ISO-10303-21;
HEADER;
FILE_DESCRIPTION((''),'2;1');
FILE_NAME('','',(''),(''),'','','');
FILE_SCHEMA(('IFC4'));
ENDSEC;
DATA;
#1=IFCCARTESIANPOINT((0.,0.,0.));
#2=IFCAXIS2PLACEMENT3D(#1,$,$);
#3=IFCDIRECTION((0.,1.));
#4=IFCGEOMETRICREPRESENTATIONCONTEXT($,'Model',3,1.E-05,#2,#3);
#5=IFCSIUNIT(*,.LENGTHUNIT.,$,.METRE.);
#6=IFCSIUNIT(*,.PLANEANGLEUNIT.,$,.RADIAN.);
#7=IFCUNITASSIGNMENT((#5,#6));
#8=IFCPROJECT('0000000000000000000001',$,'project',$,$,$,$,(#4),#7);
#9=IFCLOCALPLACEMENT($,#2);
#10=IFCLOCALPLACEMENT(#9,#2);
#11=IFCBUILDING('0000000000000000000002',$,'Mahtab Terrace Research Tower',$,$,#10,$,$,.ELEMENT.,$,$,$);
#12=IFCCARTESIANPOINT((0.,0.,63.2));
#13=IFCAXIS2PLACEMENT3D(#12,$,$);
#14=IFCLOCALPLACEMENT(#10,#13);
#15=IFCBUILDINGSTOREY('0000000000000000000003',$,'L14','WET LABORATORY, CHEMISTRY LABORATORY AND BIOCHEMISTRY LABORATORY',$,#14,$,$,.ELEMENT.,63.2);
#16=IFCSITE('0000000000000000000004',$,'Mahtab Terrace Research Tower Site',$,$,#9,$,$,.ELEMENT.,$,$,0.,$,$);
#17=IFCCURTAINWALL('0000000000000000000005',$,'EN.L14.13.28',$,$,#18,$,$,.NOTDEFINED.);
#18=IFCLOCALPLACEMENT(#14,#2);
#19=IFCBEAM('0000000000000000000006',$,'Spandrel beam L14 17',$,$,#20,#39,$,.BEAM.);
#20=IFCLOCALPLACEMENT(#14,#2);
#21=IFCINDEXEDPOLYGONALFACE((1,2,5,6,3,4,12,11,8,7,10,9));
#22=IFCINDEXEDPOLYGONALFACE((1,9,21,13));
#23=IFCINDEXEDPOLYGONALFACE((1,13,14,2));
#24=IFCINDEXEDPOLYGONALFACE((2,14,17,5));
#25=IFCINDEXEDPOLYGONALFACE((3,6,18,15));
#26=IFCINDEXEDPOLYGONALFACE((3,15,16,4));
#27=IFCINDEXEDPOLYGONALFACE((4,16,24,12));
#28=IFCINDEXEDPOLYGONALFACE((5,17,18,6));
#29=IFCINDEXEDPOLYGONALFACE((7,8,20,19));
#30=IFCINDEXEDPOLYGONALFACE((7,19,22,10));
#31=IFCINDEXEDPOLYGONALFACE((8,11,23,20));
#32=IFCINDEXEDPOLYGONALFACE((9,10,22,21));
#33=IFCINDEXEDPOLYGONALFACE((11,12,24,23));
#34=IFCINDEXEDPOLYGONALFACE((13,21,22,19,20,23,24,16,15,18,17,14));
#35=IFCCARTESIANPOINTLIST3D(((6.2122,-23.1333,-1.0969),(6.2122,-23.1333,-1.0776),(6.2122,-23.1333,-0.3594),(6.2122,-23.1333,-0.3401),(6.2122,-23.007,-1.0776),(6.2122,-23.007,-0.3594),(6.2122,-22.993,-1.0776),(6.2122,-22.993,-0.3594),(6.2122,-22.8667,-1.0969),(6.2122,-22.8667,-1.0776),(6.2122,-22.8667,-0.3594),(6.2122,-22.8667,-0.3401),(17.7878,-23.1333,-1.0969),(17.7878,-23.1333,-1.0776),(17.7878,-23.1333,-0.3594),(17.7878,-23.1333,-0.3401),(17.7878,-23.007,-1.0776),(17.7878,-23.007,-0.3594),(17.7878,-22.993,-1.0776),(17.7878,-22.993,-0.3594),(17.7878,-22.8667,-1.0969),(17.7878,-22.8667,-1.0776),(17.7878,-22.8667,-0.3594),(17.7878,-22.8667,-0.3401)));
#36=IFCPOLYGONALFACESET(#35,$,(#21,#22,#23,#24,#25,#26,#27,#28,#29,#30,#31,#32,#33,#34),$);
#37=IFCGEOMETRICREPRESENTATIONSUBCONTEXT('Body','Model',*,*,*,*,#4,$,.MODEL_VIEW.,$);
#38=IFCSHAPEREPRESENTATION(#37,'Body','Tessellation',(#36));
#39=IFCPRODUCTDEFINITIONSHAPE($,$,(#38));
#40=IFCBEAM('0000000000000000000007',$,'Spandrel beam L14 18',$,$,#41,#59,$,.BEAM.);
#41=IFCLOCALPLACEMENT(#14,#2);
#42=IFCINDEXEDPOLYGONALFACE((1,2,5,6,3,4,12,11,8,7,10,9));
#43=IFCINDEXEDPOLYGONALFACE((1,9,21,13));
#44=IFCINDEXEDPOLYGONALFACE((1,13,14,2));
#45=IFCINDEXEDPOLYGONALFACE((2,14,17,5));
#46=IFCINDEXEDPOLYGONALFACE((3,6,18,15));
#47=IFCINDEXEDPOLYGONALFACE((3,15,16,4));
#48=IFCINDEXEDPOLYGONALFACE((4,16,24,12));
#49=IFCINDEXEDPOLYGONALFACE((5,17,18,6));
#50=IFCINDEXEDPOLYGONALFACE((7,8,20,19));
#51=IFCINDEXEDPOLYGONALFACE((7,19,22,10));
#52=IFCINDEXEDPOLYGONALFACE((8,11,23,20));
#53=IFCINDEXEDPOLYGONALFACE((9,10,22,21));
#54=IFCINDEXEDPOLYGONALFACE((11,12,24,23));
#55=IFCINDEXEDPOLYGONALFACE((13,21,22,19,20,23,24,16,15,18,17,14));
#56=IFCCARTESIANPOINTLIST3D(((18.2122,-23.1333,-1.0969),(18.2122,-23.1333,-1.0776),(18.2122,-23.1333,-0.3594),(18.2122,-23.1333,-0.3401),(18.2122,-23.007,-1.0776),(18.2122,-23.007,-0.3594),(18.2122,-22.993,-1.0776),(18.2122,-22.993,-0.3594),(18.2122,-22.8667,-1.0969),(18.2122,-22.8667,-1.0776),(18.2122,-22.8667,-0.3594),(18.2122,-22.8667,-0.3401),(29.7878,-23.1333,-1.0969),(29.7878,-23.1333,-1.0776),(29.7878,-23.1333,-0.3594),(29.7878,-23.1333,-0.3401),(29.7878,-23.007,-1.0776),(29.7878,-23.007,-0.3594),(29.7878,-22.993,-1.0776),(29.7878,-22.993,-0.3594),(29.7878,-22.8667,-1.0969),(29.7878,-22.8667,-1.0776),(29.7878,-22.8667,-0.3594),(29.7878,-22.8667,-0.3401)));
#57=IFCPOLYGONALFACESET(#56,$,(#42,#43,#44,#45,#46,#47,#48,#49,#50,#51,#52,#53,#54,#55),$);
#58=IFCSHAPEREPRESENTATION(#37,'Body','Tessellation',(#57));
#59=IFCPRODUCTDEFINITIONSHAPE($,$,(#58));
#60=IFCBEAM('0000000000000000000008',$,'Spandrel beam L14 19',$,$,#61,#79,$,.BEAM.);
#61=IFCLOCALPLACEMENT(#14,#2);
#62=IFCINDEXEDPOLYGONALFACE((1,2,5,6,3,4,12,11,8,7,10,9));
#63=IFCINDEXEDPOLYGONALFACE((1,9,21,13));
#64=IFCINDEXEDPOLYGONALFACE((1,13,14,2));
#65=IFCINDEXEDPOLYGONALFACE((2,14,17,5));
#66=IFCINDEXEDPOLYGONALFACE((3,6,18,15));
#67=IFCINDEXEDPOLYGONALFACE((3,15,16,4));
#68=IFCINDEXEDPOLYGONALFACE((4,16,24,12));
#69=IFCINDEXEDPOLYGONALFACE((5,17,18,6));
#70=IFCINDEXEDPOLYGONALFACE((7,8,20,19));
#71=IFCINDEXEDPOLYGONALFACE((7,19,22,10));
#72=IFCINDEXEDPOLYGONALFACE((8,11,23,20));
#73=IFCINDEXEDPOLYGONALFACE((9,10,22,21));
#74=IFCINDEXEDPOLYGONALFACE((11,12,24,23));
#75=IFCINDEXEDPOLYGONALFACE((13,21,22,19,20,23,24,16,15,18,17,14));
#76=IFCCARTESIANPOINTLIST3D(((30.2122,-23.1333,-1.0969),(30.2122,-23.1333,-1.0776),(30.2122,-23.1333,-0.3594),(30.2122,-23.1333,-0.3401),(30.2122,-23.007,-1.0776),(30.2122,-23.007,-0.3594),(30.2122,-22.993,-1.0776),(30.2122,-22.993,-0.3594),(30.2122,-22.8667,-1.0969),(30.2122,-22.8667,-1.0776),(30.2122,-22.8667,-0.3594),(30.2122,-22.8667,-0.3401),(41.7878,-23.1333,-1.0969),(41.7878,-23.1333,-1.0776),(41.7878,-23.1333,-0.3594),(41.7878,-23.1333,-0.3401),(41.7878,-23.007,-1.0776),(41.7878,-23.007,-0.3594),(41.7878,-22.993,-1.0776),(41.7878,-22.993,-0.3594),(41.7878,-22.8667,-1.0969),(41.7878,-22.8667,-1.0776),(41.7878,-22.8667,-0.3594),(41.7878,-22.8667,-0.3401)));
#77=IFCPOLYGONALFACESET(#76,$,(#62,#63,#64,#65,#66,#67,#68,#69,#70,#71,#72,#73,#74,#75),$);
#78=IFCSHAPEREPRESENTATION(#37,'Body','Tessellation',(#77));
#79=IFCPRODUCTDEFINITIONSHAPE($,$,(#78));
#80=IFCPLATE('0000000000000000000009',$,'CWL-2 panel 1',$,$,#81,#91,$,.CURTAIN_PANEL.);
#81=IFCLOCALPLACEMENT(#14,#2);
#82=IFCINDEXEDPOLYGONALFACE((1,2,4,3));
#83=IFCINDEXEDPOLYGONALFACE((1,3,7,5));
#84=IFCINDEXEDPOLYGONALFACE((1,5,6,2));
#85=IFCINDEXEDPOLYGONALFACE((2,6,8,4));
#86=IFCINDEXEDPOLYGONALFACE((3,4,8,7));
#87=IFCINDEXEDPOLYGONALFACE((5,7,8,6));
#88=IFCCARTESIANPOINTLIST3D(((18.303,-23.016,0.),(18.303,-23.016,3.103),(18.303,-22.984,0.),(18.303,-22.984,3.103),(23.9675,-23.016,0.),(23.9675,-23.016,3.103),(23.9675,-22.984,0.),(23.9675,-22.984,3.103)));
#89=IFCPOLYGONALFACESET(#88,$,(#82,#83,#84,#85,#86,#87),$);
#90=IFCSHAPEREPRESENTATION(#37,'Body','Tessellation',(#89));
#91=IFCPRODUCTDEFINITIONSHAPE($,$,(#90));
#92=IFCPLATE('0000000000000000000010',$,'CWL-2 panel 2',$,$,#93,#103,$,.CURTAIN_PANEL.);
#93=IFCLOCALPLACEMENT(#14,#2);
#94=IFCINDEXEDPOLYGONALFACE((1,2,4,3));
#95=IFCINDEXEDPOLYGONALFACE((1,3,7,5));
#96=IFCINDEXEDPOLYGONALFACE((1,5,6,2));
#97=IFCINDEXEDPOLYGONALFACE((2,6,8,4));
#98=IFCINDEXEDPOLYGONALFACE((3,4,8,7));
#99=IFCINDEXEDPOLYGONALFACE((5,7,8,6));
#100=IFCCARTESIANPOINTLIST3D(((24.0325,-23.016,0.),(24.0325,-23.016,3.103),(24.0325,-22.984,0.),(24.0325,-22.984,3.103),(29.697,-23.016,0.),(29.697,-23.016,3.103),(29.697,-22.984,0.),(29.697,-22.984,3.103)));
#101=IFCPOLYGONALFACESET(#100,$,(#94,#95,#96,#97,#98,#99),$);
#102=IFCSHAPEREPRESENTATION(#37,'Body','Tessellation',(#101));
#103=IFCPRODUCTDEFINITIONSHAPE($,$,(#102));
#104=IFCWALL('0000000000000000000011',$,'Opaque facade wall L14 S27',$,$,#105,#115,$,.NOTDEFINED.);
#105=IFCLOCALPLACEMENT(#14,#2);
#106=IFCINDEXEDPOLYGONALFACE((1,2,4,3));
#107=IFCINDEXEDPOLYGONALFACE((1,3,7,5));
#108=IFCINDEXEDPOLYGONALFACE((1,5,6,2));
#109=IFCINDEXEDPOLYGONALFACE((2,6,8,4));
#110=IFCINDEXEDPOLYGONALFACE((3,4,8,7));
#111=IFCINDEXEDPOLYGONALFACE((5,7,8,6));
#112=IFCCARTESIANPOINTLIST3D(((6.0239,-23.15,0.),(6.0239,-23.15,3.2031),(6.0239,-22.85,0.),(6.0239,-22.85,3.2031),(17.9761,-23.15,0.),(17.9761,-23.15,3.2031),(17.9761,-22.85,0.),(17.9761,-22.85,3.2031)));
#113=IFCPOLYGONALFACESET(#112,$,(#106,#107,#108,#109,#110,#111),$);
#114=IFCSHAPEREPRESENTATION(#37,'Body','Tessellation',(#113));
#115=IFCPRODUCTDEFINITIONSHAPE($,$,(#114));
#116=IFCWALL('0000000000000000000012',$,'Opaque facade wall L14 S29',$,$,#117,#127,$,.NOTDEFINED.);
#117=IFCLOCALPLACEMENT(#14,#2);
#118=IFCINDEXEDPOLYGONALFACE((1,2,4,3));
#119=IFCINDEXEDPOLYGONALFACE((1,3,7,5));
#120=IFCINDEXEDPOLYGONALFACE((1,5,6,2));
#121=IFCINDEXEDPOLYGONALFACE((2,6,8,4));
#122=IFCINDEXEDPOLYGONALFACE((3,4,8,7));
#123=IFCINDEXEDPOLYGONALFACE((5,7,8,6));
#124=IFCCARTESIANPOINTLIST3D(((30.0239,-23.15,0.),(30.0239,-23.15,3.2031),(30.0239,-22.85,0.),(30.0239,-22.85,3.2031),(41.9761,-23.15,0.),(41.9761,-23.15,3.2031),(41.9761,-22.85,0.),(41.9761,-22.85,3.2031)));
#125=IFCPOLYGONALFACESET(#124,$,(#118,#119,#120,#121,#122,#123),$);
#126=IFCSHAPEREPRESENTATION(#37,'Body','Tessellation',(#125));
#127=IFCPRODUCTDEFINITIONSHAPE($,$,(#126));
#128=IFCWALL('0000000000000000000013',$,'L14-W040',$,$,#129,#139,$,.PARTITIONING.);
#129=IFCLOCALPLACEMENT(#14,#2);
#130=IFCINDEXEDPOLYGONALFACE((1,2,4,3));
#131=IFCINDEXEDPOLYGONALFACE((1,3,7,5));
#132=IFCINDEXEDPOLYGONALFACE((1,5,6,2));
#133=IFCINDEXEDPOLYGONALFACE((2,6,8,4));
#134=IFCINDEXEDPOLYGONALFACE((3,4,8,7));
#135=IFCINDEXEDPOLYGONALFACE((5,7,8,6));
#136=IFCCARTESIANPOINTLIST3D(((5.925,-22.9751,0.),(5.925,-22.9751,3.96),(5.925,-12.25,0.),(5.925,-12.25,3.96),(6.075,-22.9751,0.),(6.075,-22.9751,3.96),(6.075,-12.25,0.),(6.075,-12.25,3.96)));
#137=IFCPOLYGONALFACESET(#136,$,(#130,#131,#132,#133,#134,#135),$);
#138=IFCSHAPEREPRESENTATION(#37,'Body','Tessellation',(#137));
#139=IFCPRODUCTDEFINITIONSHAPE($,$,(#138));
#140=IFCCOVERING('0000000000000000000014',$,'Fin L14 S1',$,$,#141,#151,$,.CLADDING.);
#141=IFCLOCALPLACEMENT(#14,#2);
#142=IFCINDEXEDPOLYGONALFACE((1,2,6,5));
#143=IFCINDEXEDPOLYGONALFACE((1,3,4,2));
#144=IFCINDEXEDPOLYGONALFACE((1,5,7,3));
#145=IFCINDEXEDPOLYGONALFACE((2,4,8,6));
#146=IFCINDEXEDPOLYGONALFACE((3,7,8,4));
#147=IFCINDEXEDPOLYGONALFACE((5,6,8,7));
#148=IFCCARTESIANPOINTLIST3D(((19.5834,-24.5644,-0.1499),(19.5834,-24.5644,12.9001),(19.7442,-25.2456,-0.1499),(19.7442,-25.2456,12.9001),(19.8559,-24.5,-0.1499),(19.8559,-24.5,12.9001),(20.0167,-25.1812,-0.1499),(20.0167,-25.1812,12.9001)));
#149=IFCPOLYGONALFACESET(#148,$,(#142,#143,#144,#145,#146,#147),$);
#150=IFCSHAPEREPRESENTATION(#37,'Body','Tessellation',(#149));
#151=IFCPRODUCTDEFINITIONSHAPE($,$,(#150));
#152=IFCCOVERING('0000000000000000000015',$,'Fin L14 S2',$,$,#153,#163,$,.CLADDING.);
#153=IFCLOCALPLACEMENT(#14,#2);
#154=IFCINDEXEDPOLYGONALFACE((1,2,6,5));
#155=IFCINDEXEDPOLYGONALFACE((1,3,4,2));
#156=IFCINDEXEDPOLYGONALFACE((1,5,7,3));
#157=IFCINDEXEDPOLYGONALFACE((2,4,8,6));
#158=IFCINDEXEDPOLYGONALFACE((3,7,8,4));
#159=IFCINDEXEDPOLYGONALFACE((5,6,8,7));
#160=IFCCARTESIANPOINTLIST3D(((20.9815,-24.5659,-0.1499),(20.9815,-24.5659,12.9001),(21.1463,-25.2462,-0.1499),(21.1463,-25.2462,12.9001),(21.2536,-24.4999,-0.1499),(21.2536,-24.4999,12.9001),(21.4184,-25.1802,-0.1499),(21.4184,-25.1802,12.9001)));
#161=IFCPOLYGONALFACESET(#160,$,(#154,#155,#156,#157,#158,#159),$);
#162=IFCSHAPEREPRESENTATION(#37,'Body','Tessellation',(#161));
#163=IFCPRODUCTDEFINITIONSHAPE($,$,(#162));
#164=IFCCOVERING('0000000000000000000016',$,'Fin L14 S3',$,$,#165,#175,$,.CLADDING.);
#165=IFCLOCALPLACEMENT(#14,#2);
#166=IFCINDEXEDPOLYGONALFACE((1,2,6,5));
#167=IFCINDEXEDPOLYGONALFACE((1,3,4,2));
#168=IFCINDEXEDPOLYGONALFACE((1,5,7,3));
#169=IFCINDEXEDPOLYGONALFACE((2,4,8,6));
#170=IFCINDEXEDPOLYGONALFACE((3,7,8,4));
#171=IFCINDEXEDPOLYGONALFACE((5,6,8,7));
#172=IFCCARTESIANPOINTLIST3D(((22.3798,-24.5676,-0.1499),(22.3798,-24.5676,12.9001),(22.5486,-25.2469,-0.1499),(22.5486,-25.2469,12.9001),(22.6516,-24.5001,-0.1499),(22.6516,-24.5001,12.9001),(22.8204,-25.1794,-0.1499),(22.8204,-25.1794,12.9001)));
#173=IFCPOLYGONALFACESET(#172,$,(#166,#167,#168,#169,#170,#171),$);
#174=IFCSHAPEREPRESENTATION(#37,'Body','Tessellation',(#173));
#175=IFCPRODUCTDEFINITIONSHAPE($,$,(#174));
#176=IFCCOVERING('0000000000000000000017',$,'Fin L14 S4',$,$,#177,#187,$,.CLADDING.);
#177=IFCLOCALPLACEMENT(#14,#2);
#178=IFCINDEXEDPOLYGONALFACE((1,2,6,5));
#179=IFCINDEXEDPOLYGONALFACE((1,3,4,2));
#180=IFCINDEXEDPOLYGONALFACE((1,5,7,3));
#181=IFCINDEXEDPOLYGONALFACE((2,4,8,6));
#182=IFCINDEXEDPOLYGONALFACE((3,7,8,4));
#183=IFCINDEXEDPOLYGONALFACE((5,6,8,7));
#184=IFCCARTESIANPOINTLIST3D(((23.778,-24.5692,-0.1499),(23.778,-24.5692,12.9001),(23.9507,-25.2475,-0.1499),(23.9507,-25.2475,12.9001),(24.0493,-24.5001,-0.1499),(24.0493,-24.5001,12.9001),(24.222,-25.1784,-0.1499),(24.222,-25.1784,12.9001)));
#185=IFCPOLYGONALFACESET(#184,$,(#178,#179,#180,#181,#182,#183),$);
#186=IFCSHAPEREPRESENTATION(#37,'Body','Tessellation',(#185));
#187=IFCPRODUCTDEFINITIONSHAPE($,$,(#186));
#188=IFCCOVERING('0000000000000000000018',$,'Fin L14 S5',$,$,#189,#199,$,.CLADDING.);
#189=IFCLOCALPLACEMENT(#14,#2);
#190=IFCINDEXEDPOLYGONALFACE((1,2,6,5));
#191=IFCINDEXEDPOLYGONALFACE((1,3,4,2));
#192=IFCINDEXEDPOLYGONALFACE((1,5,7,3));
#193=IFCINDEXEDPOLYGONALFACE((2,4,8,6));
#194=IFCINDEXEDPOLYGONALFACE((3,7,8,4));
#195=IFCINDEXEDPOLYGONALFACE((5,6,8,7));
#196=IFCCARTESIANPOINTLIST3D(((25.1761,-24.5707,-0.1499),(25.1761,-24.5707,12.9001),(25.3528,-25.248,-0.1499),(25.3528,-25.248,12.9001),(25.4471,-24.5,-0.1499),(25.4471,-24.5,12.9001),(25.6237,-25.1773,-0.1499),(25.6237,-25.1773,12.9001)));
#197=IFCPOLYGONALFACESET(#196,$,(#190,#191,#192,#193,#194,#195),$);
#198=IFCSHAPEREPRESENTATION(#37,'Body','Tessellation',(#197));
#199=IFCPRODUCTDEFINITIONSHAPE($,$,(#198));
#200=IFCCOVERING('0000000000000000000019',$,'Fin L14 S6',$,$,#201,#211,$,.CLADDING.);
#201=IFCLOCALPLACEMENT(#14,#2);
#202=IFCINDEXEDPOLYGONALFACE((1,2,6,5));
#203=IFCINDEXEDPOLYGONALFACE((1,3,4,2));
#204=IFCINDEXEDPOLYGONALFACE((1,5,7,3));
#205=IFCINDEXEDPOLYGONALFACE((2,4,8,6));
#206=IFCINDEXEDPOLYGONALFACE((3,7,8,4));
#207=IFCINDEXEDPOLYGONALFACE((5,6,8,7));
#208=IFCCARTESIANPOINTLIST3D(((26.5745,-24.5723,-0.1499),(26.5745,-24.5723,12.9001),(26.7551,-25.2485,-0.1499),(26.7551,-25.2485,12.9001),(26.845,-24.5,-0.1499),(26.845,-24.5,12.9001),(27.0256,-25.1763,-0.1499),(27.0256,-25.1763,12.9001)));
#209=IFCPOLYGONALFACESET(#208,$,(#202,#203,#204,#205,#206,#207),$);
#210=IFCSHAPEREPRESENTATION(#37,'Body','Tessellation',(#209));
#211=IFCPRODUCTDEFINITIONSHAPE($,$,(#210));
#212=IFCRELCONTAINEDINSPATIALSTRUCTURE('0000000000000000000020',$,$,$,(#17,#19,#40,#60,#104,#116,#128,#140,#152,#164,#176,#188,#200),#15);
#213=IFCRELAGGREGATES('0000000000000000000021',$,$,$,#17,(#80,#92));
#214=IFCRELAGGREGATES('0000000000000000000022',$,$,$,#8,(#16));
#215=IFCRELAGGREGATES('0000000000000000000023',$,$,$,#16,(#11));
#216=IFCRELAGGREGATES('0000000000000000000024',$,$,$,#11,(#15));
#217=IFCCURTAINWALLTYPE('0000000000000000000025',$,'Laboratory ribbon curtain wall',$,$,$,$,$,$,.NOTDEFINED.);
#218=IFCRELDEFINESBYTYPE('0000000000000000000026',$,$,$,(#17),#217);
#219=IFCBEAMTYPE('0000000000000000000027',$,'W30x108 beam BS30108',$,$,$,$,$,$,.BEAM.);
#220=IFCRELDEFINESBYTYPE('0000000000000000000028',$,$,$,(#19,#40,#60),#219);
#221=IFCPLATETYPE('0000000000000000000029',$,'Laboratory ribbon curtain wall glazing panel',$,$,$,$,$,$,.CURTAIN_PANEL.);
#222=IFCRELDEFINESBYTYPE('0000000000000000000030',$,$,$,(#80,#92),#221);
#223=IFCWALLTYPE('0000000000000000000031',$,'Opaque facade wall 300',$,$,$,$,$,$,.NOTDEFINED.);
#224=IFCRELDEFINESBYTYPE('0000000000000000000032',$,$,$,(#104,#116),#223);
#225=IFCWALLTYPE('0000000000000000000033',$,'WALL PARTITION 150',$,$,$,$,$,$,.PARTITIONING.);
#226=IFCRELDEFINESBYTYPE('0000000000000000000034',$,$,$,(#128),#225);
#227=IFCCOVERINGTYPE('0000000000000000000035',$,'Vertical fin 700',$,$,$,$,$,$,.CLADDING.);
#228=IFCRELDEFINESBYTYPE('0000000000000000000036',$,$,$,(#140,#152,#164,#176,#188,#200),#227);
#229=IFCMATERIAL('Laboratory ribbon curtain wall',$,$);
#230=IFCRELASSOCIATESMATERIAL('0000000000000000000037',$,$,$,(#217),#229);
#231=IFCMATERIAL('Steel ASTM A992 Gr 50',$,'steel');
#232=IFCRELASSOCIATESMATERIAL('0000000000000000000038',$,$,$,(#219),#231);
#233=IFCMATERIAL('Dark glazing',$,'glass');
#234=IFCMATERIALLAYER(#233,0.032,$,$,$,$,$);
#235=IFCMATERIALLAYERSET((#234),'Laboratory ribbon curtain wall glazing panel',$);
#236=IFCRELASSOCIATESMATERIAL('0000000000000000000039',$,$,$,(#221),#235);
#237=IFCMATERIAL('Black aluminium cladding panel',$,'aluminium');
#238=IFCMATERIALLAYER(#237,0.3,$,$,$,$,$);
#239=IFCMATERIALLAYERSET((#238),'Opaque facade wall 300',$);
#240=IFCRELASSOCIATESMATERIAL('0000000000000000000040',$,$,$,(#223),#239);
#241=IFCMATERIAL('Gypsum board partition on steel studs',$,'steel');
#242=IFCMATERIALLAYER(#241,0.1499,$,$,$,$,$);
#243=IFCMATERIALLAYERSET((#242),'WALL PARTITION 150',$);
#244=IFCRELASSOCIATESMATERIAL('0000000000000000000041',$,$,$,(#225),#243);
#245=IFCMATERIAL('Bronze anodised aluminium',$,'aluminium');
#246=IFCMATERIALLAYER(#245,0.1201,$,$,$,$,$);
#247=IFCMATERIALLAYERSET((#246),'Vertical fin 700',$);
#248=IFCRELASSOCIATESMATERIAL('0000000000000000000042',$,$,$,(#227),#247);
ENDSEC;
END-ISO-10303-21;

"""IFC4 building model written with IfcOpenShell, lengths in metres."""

from ifc_helpers import new_model, si_unit, direction, frame, frame_2d, origin, origin_2d, place, context, subcontext, project, spatial, rectangle, i_section, extrude, material, layer, layer_set, material_profile, profile_set, type_object, element, aggregate, save


model = new_model("IFC4")

# Units and contexts
model_context = context("Model", 3, precision=1e-05, world=origin(), true_north=direction((0.0, 1.0)))
body_context = subcontext(model_context, "Body", "Model", "MODEL_VIEW")
ifc_project = project(units=[si_unit("LENGTHUNIT", "METRE"), si_unit("PLANEANGLEUNIT", "RADIAN")], contexts=[model_context])

# Site, building, storey
site_placement = place(None, origin())
site = spatial("IfcSite", under=ifc_project, at=site_placement, Name="Mahtab Terrace Research Tower Site", CompositionType="ELEMENT", RefElevation=0.0)
building_placement = place(site_placement, origin())
building = spatial("IfcBuilding", under=site, at=building_placement, Name="Mahtab Terrace Research Tower", CompositionType="ELEMENT")
storey_placement = place(building_placement, frame((0.0, 0.0, 63.2)))
storey = spatial("IfcBuildingStorey", under=building, at=storey_placement, Name="L14", Description="WET LABORATORY, CHEMISTRY LABORATORY AND BIOCHEMISTRY LABORATORY", CompositionType="ELEMENT", Elevation=63.2)

# Shared definitions
ifc_material_1 = material(Name="Steel ASTM A992 Gr 50", Category="steel")

# Curtain wall
ifc_material_2 = material(Name="Laboratory ribbon curtain wall")
curtain_wall_type = type_object("IfcCurtainWallType", Name="Laboratory ribbon curtain wall", PredefinedType="NOTDEFINED", material=ifc_material_2)
curtain_wall_placement = place(storey_placement, origin())
curtain_wall = element("IfcCurtainWall", 1, at=curtain_wall_placement, inside=storey, type_object=curtain_wall_type, Name="EN.L14.13.28", PredefinedType="NOTDEFINED")

# Beams
ifc_material_profile_1 = material_profile(ifc_material_1, i_section(OverallWidth=0.2666, OverallDepth=0.7568, WebThickness=0.0139, FlangeThickness=0.0193, at=origin_2d()), Name="W30X108")
ifc_profile_set_1 = profile_set([ifc_material_profile_1], Name="Steel ASTM A992 Gr 50")
beam_type = type_object("IfcBeamType", Name="W30x108 beam BS30108", PredefinedType="BEAM", material=ifc_profile_set_1)
for number, where, z_axis, x_axis, name in (
    (2, (6.2122, -23.0, -0.7185), (1.0, 0.0, 0.0), (0.0, 1.0, 0.0), "Spandrel beam L14 17"),
    (3, (18.2122, -23.0, -0.7185), (1.0, 0.0, 0.0), (0.0, 1.0, 0.0), "Spandrel beam L14 18"),
    (4, (30.2122, -23.0, -0.7185), (1.0, 0.0, 0.0), (0.0, 1.0, 0.0), "Spandrel beam L14 19"),
):
    element("IfcBeam", number, at=place(storey_placement, frame(where, z_axis=z_axis, x_axis=x_axis)), inside=storey, type_object=beam_type, Name=name, PredefinedType="BEAM", context=body_context, shape_type="SweptSolid", body=[
        extrude(i_section(OverallWidth=0.2666, OverallDepth=0.7568, WebThickness=0.0139, FlangeThickness=0.0193, at=origin_2d()), origin(), (0.0, 0.0, 1.0), 11.5757),
    ])

# Plates
ifc_material_3 = material(Name="Dark glazing", Category="glass")
ifc_layer_1 = layer(ifc_material_3, 0.032)
ifc_layer_set_1 = layer_set([ifc_layer_1], Name="Laboratory ribbon curtain wall glazing panel")
plate_type = type_object("IfcPlateType", Name="Laboratory ribbon curtain wall glazing panel", PredefinedType="CURTAIN_PANEL", material=ifc_layer_set_1)
plate_1_placement = place(storey_placement, frame((21.1353, -23.0, 0.0), z_axis=(0.0, 0.0, 1.0), x_axis=(1.0, 0.0, 0.0)))
plate_1 = element("IfcPlate", 5, at=plate_1_placement, type_object=plate_type, Name="CWL-2 panel 1", PredefinedType="CURTAIN_PANEL", context=body_context, shape_type="SweptSolid", body=[
    extrude(rectangle(XDim=5.6646, YDim=0.032, at=origin_2d()), origin(), (0.0, 0.0, 1.0), 3.103),
])
plate_2_placement = place(storey_placement, frame((26.8647, -23.0, 0.0), z_axis=(0.0, 0.0, 1.0), x_axis=(1.0, 0.0, 0.0)))
plate_2 = element("IfcPlate", 6, at=plate_2_placement, type_object=plate_type, Name="CWL-2 panel 2", PredefinedType="CURTAIN_PANEL", context=body_context, shape_type="SweptSolid", body=[
    extrude(rectangle(XDim=5.6646, YDim=0.032, at=origin_2d()), origin(), (0.0, 0.0, 1.0), 3.103),
])
aggregate(curtain_wall, [plate_1, plate_2])

# Walls
ifc_material_4 = material(Name="Black aluminium cladding panel", Category="aluminium")
ifc_layer_2 = layer(ifc_material_4, 0.3)
ifc_layer_set_2 = layer_set([ifc_layer_2], Name="Opaque facade wall 300")
wall_type_1 = type_object("IfcWallType", Name="Opaque facade wall 300", PredefinedType="NOTDEFINED", material=ifc_layer_set_2)
for number, where, z_axis, x_axis, name in (
    (7, (6.0239, -23.0, 0.0), (0.0, 0.0, 1.0), (1.0, 0.0, 0.0), "Opaque facade wall L14 S27"),
    (8, (30.0239, -23.0, 0.0), (0.0, 0.0, 1.0), (1.0, 0.0, 0.0), "Opaque facade wall L14 S29"),
):
    element("IfcWall", number, at=place(storey_placement, frame(where, z_axis=z_axis, x_axis=x_axis)), inside=storey, type_object=wall_type_1, Name=name, PredefinedType="NOTDEFINED", context=body_context, shape_type="SweptSolid", body=[
        extrude(rectangle(XDim=11.9521, YDim=0.3, at=frame_2d((5.9761, 0.0))), origin(), (0.0, 0.0, 1.0), 3.2031),
    ])
ifc_material_5 = material(Name="Gypsum board partition on steel studs", Category="steel")
ifc_layer_3 = layer(ifc_material_5, 0.1499)
ifc_layer_set_3 = layer_set([ifc_layer_3], Name="WALL PARTITION 150")
wall_type_2 = type_object("IfcWallType", Name="WALL PARTITION 150", PredefinedType="PARTITIONING", material=ifc_layer_set_3)
wall_placement = place(storey_placement, frame((6.0, -22.9751, 0.0), z_axis=(0.0, 0.0, 1.0), x_axis=(0.0, 1.0, 0.0)))
element("IfcWall", 9, at=wall_placement, inside=storey, type_object=wall_type_2, Name="L14-W040", PredefinedType="PARTITIONING", context=body_context, shape_type="SweptSolid", body=[
    extrude(rectangle(XDim=10.7251, YDim=0.1499, at=frame_2d((5.3625, 0.0))), origin(), (0.0, 0.0, 1.0), 3.96),
])

# Coverings
ifc_material_6 = material(Name="Bronze anodised aluminium", Category="aluminium")
ifc_layer_4 = layer(ifc_material_6, 0.1201)
ifc_layer_set_4 = layer_set([ifc_layer_4], Name="Vertical fin 700")
covering_type = type_object("IfcCoveringType", Name="Vertical fin 700", PredefinedType="CLADDING", material=ifc_layer_set_4)
for number, where, z_axis, x_axis, name in (
    (10, (19.8, -24.8728, -0.1499), (0.0, 0.0, 1.0), (0.973236, 0.229807, 0.0), "Fin L14 S1"),
    (11, (21.2, -24.873, -0.1499), (0.0, 0.0, 1.0), (0.971883, 0.235465, 0.0), "Fin L14 S2"),
    (12, (22.6001, -24.8735, -0.1499), (0.0, 0.0, 1.0), (0.970496, 0.241115, 0.0), "Fin L14 S3"),
    (13, (24.0, -24.8738, -0.1499), (0.0, 0.0, 1.0), (0.969077, 0.246757, 0.0), "Fin L14 S4"),
    (14, (25.3999, -24.874, -0.1499), (0.0, 0.0, 1.0), (0.967625, 0.252391, 0.0), "Fin L14 S5"),
    (15, (26.8, -24.8743, -0.1499), (0.0, 0.0, 1.0), (0.966141, 0.258016, 0.0), "Fin L14 S6"),
):
    element("IfcCovering", number, at=place(storey_placement, frame(where, z_axis=z_axis, x_axis=x_axis)), inside=storey, type_object=covering_type, Name=name, PredefinedType="CLADDING", context=body_context, shape_type="SweptSolid", body=[
        extrude(rectangle(XDim=0.28, YDim=0.7, at=origin_2d()), origin(), (0.0, 0.0, 1.0), 13.05),
    ])

save(model, "model.ifc")
